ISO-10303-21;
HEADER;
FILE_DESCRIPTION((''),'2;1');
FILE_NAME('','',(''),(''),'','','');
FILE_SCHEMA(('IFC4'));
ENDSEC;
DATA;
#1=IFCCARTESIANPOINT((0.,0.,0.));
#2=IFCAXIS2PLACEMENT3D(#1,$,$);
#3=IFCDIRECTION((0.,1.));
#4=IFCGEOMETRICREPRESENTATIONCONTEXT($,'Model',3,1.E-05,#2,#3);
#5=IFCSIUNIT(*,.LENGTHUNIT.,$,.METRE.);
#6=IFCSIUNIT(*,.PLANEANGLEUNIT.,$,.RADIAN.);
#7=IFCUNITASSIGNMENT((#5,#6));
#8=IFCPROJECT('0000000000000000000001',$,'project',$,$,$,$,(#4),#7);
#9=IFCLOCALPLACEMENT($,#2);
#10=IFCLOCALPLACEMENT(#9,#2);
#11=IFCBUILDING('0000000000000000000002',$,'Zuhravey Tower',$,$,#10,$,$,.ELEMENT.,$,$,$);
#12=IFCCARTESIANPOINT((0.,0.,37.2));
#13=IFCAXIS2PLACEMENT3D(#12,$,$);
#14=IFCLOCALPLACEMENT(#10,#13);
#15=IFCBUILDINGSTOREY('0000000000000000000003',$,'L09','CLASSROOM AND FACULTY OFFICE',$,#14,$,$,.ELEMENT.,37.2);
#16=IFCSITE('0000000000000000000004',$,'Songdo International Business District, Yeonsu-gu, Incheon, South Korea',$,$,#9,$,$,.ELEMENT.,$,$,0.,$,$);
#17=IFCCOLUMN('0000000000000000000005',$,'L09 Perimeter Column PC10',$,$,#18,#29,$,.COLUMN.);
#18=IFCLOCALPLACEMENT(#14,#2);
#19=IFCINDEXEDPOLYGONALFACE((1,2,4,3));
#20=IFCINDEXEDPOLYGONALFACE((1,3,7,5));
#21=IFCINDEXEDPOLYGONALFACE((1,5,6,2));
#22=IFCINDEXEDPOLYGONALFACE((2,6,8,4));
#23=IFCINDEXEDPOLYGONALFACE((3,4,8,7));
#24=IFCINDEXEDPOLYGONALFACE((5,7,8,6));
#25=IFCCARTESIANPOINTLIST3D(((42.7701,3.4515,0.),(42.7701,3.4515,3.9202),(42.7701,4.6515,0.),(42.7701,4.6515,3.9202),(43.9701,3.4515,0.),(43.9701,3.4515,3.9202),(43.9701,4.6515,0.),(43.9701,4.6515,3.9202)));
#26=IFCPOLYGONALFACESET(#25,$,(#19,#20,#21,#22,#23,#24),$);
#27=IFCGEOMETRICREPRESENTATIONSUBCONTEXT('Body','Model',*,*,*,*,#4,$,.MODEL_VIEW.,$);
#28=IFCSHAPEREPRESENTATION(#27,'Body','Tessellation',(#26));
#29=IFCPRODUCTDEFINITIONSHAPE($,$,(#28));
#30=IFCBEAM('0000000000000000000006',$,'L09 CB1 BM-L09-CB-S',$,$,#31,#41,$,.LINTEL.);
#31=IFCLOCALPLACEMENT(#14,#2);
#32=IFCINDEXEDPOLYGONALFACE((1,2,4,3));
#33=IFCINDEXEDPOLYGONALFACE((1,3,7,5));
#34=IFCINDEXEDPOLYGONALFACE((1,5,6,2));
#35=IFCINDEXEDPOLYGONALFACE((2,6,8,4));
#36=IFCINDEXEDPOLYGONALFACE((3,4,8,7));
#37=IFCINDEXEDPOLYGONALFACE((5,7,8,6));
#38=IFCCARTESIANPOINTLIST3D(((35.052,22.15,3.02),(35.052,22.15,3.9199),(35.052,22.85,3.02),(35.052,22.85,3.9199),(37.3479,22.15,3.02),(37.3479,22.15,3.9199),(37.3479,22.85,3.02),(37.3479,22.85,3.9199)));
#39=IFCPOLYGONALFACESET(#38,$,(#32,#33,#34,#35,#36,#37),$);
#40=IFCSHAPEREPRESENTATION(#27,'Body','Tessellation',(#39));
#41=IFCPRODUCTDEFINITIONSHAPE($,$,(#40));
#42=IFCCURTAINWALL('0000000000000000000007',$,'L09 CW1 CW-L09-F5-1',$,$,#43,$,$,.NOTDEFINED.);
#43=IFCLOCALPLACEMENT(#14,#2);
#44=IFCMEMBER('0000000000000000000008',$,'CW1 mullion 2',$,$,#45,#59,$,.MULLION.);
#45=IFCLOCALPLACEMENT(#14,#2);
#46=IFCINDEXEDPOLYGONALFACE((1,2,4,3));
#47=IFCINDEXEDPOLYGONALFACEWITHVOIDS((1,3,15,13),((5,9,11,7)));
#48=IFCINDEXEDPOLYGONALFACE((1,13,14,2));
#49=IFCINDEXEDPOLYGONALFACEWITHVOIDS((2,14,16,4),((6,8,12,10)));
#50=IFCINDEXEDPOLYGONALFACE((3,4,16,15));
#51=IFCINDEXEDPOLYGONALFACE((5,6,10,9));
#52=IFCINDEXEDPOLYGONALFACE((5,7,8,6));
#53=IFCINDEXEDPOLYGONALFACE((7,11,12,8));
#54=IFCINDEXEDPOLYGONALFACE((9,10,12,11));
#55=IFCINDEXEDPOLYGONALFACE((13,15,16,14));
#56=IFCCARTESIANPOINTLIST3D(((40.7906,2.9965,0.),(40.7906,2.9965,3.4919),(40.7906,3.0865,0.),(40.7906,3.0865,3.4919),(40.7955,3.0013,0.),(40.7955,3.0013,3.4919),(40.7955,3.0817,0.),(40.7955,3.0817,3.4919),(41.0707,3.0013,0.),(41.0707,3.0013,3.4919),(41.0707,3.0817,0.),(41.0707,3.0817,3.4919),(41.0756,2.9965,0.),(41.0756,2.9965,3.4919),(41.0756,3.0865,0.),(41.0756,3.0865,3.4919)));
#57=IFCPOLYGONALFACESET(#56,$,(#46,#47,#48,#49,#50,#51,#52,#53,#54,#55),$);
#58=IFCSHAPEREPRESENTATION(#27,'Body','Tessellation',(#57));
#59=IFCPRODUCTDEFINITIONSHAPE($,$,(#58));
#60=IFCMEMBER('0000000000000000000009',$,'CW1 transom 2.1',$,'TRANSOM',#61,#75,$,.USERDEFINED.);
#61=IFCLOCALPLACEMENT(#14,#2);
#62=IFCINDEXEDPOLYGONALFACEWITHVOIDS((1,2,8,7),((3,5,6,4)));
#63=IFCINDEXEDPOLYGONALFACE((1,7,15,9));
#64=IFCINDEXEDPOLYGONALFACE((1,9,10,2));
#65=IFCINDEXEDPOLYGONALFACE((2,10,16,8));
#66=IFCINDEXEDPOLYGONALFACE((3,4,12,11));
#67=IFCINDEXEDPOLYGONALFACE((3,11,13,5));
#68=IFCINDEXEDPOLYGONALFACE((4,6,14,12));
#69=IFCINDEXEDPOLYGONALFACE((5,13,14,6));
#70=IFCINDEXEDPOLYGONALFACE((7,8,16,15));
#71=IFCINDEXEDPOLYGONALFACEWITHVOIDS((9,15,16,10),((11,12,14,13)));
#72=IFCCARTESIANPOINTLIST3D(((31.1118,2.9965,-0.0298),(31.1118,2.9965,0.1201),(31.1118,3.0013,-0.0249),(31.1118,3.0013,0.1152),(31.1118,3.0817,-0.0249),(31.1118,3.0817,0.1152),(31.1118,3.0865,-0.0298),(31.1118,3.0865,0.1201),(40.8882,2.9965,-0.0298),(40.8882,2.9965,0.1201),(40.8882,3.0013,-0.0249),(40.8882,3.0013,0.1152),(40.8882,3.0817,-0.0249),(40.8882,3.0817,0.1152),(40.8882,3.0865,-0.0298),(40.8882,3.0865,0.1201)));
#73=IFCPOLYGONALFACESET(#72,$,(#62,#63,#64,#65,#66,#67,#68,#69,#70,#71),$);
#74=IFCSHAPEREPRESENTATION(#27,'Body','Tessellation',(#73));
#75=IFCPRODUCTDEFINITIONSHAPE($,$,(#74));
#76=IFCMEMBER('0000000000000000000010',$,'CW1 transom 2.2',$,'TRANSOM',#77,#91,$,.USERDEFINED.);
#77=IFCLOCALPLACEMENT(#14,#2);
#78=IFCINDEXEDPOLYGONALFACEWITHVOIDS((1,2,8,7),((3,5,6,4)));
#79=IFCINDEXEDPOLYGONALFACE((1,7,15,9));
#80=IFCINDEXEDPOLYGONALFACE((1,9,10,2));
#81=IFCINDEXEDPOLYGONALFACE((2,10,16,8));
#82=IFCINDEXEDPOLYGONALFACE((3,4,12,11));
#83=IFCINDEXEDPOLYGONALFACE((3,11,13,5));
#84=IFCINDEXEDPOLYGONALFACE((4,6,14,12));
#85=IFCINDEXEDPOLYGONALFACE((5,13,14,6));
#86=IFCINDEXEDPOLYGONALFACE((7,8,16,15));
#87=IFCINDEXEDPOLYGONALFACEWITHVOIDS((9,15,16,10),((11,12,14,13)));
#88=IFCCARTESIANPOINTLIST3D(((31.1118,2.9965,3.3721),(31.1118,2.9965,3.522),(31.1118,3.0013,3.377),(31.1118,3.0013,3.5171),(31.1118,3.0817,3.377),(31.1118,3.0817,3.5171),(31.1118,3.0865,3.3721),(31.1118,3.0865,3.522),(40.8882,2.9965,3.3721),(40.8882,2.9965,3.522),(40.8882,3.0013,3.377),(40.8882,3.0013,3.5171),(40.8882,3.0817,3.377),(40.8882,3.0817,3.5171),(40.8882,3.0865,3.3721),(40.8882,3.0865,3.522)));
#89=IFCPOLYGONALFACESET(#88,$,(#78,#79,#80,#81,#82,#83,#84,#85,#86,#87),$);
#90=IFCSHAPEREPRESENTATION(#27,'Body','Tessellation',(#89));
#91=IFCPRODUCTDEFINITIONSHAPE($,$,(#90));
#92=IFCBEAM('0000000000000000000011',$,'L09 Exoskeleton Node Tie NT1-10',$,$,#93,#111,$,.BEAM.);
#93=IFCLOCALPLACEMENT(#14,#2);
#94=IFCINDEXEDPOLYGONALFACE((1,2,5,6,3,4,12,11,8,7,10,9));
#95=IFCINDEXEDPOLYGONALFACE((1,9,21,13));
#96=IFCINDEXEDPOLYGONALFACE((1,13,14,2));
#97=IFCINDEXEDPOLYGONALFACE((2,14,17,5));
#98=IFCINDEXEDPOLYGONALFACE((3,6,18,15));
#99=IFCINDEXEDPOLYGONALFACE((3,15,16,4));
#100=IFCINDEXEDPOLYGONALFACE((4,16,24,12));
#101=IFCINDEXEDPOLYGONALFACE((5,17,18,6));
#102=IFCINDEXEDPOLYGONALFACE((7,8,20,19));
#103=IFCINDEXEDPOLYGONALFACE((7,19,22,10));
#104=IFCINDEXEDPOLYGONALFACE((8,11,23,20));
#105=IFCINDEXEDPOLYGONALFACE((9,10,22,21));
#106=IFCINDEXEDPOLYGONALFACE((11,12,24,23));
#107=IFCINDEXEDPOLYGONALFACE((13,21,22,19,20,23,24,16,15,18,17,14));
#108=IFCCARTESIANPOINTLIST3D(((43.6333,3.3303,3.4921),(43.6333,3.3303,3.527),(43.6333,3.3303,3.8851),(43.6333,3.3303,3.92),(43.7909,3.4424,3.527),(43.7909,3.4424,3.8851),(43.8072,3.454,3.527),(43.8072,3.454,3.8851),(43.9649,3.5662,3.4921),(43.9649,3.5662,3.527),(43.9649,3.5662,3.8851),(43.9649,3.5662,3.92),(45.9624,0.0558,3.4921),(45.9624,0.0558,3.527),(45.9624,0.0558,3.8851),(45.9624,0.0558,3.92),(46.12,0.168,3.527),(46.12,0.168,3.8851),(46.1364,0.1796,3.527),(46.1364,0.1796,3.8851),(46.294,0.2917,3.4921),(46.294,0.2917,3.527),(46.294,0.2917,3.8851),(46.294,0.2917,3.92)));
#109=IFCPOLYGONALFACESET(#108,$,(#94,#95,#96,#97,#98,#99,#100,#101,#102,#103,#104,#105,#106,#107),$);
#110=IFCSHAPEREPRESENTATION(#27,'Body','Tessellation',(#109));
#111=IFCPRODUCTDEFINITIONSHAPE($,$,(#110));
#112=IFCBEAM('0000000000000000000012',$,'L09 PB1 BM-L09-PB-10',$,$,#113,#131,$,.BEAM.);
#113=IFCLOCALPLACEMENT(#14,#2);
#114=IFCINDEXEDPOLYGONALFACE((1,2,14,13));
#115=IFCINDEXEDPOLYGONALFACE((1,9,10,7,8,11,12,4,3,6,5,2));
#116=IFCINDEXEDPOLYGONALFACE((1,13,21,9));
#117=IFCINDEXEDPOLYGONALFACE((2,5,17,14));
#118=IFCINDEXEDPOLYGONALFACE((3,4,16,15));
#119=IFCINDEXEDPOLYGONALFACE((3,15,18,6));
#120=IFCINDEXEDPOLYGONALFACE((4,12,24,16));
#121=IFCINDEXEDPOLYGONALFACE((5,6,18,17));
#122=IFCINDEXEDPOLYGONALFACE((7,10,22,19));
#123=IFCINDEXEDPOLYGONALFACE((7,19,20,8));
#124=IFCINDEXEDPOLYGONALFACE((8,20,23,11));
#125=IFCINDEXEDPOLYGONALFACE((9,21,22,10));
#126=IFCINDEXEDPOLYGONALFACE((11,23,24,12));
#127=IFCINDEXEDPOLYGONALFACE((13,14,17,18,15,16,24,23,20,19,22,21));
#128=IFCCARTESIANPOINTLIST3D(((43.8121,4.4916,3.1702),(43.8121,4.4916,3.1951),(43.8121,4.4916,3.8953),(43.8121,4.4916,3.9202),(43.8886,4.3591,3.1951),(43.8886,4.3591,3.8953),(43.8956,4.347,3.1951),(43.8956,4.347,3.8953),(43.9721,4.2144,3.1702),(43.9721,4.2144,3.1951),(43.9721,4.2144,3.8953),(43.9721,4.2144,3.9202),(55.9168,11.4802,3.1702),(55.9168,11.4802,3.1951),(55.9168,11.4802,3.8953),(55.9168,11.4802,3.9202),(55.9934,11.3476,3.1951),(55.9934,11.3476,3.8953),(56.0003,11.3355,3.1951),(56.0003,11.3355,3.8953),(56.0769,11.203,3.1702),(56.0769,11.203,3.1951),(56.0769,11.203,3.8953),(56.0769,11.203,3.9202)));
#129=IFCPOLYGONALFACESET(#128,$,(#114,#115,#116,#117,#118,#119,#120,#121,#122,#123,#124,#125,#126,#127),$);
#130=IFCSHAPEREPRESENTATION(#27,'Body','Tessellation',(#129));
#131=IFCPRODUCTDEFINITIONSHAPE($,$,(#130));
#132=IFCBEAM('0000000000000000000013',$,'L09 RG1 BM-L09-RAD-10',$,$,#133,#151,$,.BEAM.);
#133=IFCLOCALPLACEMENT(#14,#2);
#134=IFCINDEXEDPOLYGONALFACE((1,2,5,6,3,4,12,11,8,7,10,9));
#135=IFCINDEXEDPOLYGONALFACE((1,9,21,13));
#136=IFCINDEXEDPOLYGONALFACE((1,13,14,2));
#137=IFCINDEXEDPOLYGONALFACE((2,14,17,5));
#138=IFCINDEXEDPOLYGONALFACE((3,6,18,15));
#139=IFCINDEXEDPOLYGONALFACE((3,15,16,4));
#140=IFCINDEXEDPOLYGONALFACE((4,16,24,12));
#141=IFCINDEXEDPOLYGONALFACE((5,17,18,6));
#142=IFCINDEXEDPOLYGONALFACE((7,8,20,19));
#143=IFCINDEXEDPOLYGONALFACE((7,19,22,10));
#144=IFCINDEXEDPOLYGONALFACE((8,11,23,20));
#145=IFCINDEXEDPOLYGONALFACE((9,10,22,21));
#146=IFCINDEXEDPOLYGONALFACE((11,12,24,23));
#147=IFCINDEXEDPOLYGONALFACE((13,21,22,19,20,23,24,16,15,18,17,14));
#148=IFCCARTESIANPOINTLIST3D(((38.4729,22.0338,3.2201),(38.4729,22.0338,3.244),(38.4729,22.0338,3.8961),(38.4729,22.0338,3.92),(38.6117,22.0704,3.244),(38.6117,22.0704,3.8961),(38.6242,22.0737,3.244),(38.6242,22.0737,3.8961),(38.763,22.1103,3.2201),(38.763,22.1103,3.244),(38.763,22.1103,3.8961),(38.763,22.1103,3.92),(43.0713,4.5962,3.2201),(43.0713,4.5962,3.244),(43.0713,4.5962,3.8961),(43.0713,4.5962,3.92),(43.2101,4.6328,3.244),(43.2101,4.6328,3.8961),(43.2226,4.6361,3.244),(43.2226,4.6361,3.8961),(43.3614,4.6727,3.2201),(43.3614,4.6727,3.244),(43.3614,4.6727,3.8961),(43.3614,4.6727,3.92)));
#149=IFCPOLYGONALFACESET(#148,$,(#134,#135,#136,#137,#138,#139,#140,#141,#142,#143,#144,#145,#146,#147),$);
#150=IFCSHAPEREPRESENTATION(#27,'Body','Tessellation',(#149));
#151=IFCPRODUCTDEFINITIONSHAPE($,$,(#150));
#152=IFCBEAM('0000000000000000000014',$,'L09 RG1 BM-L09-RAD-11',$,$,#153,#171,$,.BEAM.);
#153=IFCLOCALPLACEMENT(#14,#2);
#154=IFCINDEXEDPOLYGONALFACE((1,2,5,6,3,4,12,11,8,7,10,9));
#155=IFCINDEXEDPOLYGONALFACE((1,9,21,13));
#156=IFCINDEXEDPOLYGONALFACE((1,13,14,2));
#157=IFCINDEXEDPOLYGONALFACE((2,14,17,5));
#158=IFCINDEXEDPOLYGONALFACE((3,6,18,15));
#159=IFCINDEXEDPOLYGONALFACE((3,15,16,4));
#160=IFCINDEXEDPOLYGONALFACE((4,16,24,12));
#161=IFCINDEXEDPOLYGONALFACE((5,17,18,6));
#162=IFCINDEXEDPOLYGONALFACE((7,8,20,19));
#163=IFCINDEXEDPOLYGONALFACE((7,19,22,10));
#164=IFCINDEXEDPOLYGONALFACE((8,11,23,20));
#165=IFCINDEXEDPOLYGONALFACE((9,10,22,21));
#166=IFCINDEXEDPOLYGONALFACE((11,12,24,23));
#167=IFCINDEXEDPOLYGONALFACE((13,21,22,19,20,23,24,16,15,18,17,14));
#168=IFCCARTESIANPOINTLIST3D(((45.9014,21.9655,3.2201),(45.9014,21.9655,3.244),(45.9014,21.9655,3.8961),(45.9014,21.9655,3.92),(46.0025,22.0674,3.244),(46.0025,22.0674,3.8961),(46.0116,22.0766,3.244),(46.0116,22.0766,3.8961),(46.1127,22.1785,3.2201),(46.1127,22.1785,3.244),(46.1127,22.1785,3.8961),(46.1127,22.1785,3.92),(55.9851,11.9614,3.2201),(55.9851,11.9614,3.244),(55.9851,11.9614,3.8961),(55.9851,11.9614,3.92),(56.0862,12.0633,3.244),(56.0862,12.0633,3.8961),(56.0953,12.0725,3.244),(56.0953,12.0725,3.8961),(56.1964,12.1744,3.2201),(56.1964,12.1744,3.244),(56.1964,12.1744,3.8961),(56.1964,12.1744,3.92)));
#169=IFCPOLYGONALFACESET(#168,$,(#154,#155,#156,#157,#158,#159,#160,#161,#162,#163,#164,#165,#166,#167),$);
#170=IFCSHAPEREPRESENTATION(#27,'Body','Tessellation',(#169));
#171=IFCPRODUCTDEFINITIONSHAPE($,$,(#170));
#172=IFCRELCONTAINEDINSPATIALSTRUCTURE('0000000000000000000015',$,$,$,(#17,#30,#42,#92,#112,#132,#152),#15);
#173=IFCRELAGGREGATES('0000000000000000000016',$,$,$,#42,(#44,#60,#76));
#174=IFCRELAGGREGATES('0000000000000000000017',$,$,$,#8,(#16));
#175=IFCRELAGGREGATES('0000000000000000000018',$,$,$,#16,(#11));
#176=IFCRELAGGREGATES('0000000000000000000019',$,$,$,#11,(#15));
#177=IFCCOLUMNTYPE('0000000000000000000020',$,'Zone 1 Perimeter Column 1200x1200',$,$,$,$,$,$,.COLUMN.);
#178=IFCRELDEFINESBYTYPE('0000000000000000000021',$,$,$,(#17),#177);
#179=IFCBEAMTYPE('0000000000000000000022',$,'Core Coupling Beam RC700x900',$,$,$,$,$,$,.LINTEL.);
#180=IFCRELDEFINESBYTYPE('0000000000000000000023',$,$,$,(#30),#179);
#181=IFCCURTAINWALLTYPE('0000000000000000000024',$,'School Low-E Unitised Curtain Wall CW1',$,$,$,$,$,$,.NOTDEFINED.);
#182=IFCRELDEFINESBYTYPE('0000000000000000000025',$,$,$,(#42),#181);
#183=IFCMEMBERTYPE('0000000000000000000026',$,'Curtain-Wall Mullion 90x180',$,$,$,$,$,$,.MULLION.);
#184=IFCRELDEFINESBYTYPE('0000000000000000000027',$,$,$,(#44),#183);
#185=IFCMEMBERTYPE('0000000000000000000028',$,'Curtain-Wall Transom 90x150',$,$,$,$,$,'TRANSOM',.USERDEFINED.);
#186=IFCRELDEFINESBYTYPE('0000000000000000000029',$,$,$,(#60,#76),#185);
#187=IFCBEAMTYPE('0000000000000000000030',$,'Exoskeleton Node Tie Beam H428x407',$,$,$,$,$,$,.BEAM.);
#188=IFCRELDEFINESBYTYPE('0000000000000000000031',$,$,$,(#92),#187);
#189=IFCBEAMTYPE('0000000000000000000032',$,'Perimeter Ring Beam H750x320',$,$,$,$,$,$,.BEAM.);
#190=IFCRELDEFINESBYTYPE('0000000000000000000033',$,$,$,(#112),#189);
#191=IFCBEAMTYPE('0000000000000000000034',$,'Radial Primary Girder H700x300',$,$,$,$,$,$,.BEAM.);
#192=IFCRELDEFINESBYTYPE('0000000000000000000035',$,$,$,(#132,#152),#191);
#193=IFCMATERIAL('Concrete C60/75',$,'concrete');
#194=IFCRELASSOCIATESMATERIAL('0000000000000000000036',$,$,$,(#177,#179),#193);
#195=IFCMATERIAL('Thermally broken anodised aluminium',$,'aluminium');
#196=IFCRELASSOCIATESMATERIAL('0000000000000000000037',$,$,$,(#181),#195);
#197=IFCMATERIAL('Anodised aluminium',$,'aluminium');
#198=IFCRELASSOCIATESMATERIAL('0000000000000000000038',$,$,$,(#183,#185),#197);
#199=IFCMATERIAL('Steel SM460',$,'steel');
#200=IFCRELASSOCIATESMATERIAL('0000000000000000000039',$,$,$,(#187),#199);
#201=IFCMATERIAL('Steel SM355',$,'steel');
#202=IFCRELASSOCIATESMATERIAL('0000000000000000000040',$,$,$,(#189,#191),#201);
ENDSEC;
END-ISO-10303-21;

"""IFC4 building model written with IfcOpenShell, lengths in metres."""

from ifc_helpers import new_model, si_unit, direction, frame, origin, origin_2d, place, context, subcontext, project, spatial, rectangle, hollow_rectangle, i_section, extrude, material, material_profile, profile_set, type_object, element, aggregate, save


model = new_model("IFC4")

# Units and contexts
model_context = context("Model", 3, precision=1e-05, world=origin(), true_north=direction((0.0, 1.0)))
body_context = subcontext(model_context, "Body", "Model", "MODEL_VIEW")
ifc_project = project(units=[si_unit("LENGTHUNIT", "METRE"), si_unit("PLANEANGLEUNIT", "RADIAN")], contexts=[model_context])

# Site, building, storey
site_placement = place(None, origin())
site = spatial("IfcSite", under=ifc_project, at=site_placement, Name="Songdo International Business District, Yeonsu-gu, Incheon, South Korea", CompositionType="ELEMENT", RefElevation=0.0)
building_placement = place(site_placement, origin())
building = spatial("IfcBuilding", under=site, at=building_placement, Name="Zuhravey Tower", CompositionType="ELEMENT")
storey_placement = place(building_placement, frame((0.0, 0.0, 37.2)))
storey = spatial("IfcBuildingStorey", under=building, at=storey_placement, Name="L09", Description="CLASSROOM AND FACULTY OFFICE", CompositionType="ELEMENT", Elevation=37.2)

# Column
ifc_material_1 = material(Name="Concrete C60/75", Category="concrete")
ifc_material_profile_1 = material_profile(ifc_material_1, rectangle(XDim=1.2, YDim=1.2, at=origin_2d()), Name="RC-1200x1200")
ifc_profile_set_1 = profile_set([ifc_material_profile_1], Name="Concrete C60/75")
column_type = type_object("IfcColumnType", Name="Zone 1 Perimeter Column 1200x1200", PredefinedType="COLUMN", material=ifc_profile_set_1)
column_placement = place(storey_placement, frame((43.3701, 4.0515, 0.0), z_axis=(0.0, 0.0, 1.0), x_axis=(1.0, 0.0, 0.0)))
element("IfcColumn", 1, at=column_placement, inside=storey, type_object=column_type, Name="L09 Perimeter Column PC10", PredefinedType="COLUMN", context=body_context, shape_type="SweptSolid", body=[
    extrude(rectangle(XDim=1.2, YDim=1.2, at=origin_2d()), origin(), (0.0, 0.0, 1.0), 3.9202),
])

# Beam
ifc_material_profile_2 = material_profile(ifc_material_1, rectangle(XDim=0.7, YDim=0.8999, at=origin_2d()), Name="RC-700x900")
ifc_profile_set_2 = profile_set([ifc_material_profile_2], Name="Concrete C60/75")
beam_type_1 = type_object("IfcBeamType", Name="Core Coupling Beam RC700x900", PredefinedType="LINTEL", material=ifc_profile_set_2)
beam_1_placement = place(storey_placement, frame((35.052, 22.5, 3.47), z_axis=(1.0, 0.0, 0.0), x_axis=(0.0, 1.0, 0.0)))
element("IfcBeam", 2, at=beam_1_placement, inside=storey, type_object=beam_type_1, Name="L09 CB1 BM-L09-CB-S", PredefinedType="LINTEL", context=body_context, shape_type="SweptSolid", body=[
    extrude(rectangle(XDim=0.7, YDim=0.8999, at=origin_2d()), origin(), (0.0, 0.0, 1.0), 2.2959),
])

# Curtain wall, members
ifc_material_2 = material(Name="Thermally broken anodised aluminium", Category="aluminium")
curtain_wall_type = type_object("IfcCurtainWallType", Name="School Low-E Unitised Curtain Wall CW1", PredefinedType="NOTDEFINED", material=ifc_material_2)
curtain_wall_placement = place(storey_placement, origin())
curtain_wall = element("IfcCurtainWall", 3, at=curtain_wall_placement, inside=storey, type_object=curtain_wall_type, Name="L09 CW1 CW-L09-F5-1", PredefinedType="NOTDEFINED")
ifc_material_3 = material(Name="Anodised aluminium", Category="aluminium")
ifc_material_profile_3 = material_profile(ifc_material_3, hollow_rectangle(XDim=0.0901, YDim=0.2849, WallThickness=0.0049, at=origin_2d()), Name="ALU-RHS-90x285x5")
ifc_profile_set_3 = profile_set([ifc_material_profile_3], Name="Anodised aluminium")
member_type_1 = type_object("IfcMemberType", Name="Curtain-Wall Mullion 90x180", PredefinedType="MULLION", material=ifc_profile_set_3)
member_1_placement = place(storey_placement, frame((40.9331, 3.0415, 0.0), z_axis=(0.0, 0.0, 1.0), x_axis=(0.0, -1.0, 0.0)))
member_1 = element("IfcMember", 4, at=member_1_placement, type_object=member_type_1, Name="CW1 mullion 2", PredefinedType="MULLION", context=body_context, shape_type="SweptSolid", body=[
    extrude(hollow_rectangle(XDim=0.0901, YDim=0.2849, WallThickness=0.0049, at=origin_2d()), origin(), (0.0, 0.0, 1.0), 3.4919),
])
ifc_material_profile_4 = material_profile(ifc_material_3, hollow_rectangle(XDim=0.0901, YDim=0.1499, WallThickness=0.0049, at=origin_2d()), Name="ALU-RHS-90x150x5")
ifc_profile_set_4 = profile_set([ifc_material_profile_4], Name="Anodised aluminium")
member_type_2 = type_object("IfcMemberType", Name="Curtain-Wall Transom 90x150", ElementType="TRANSOM", PredefinedType="USERDEFINED", material=ifc_profile_set_4)
member_2_placement = place(storey_placement, frame((40.8882, 3.0415, 0.0452), z_axis=(-1.0, 0.0, 0.0), x_axis=(0.0, -1.0, 0.0)))
member_2 = element("IfcMember", 5, at=member_2_placement, type_object=member_type_2, Name="CW1 transom 2.1", ObjectType="TRANSOM", PredefinedType="USERDEFINED", context=body_context, shape_type="SweptSolid", body=[
    extrude(hollow_rectangle(XDim=0.0901, YDim=0.1499, WallThickness=0.0049, at=origin_2d()), origin(), (0.0, 0.0, 1.0), 9.7764),
])
member_3_placement = place(storey_placement, frame((40.8882, 3.0415, 3.447), z_axis=(-1.0, 0.0, 0.0), x_axis=(0.0, -1.0, 0.0)))
member_3 = element("IfcMember", 6, at=member_3_placement, type_object=member_type_2, Name="CW1 transom 2.2", ObjectType="TRANSOM", PredefinedType="USERDEFINED", context=body_context, shape_type="SweptSolid", body=[
    extrude(hollow_rectangle(XDim=0.0901, YDim=0.1499, WallThickness=0.0049, at=origin_2d()), origin(), (0.0, 0.0, 1.0), 9.7764),
])

# Beams
ifc_material_4 = material(Name="Steel SM460", Category="steel")
ifc_material_profile_5 = material_profile(ifc_material_4, i_section(OverallWidth=0.407, OverallDepth=0.428, WebThickness=0.02, FlangeThickness=0.0349, at=origin_2d()), Name="H-428x407x20x35")
ifc_profile_set_5 = profile_set([ifc_material_profile_5], Name="Steel SM460")
beam_type_2 = type_object("IfcBeamType", Name="Exoskeleton Node Tie Beam H428x407", PredefinedType="BEAM", material=ifc_profile_set_5)
beam_2_placement = place(storey_placement, frame((43.7991, 3.4482, 3.7061), z_axis=(0.579628, -0.814881, 0.0), x_axis=(0.814881, 0.579628, 0.0)))
element("IfcBeam", 7, at=beam_2_placement, inside=storey, type_object=beam_type_2, Name="L09 Exoskeleton Node Tie NT1-10", PredefinedType="BEAM", context=body_context, shape_type="SweptSolid", body=[
    extrude(i_section(OverallWidth=0.407, OverallDepth=0.428, WebThickness=0.02, FlangeThickness=0.0349, at=origin_2d()), origin(), (0.0, 0.0, 1.0), 4.0183),
])
ifc_material_5 = material(Name="Steel SM355", Category="steel")
ifc_material_profile_6 = material_profile(ifc_material_5, i_section(OverallWidth=0.3201, OverallDepth=0.75, WebThickness=0.0139, FlangeThickness=0.0249, at=origin_2d()), Name="H-750x320x14x25")
ifc_profile_set_6 = profile_set([ifc_material_profile_6], Name="Steel SM355")
beam_type_3 = type_object("IfcBeamType", Name="Perimeter Ring Beam H750x320", PredefinedType="BEAM", material=ifc_profile_set_6)
beam_3_placement = place(storey_placement, frame((43.8921, 4.353, 3.5452), z_axis=(0.86603, 0.499992, 0.0), x_axis=(-0.499992, 0.86603, 0.0)))
element("IfcBeam", 8, at=beam_3_placement, inside=storey, type_object=beam_type_3, Name="L09 PB1 BM-L09-PB-10", PredefinedType="BEAM", context=body_context, shape_type="SweptSolid", body=[
    extrude(i_section(OverallWidth=0.3201, OverallDepth=0.75, WebThickness=0.0139, FlangeThickness=0.0249, at=origin_2d()), origin(), (0.0, 0.0, 1.0), 13.9773),
])
ifc_material_profile_7 = material_profile(ifc_material_5, i_section(OverallWidth=0.3, OverallDepth=0.7, WebThickness=0.0129, FlangeThickness=0.0239, at=origin_2d()), Name="H-700x300x13x24")
ifc_profile_set_7 = profile_set([ifc_material_profile_7], Name="Steel SM355")
beam_type_4 = type_object("IfcBeamType", Name="Radial Primary Girder H700x300", PredefinedType="BEAM", material=ifc_profile_set_7)
beam_4_placement = place(storey_placement, frame((38.6179, 22.072, 3.5701), z_axis=(0.25499, -0.966944, 0.0), x_axis=(0.966944, 0.25499, 0.0)))
element("IfcBeam", 9, at=beam_4_placement, inside=storey, type_object=beam_type_4, Name="L09 RG1 BM-L09-RAD-10", PredefinedType="BEAM", context=body_context, shape_type="SweptSolid", body=[
    extrude(i_section(OverallWidth=0.3, OverallDepth=0.7, WebThickness=0.0129, FlangeThickness=0.0239, at=origin_2d()), origin(), (0.0, 0.0, 1.0), 18.0337),
])
beam_5_placement = place(storey_placement, frame((46.0071, 22.072, 3.5701), z_axis=(0.709903, -0.7043, 0.0), x_axis=(0.7043, 0.709903, 0.0)))
element("IfcBeam", 10, at=beam_5_placement, inside=storey, type_object=beam_type_4, Name="L09 RG1 BM-L09-RAD-11", PredefinedType="BEAM", context=body_context, shape_type="SweptSolid", body=[
    extrude(i_section(OverallWidth=0.3, OverallDepth=0.7, WebThickness=0.0129, FlangeThickness=0.0239, at=origin_2d()), origin(), (0.0, 0.0, 1.0), 14.2043),
])

aggregate(curtain_wall, [member_1, member_2, member_3])

save(model, "model.ifc")
